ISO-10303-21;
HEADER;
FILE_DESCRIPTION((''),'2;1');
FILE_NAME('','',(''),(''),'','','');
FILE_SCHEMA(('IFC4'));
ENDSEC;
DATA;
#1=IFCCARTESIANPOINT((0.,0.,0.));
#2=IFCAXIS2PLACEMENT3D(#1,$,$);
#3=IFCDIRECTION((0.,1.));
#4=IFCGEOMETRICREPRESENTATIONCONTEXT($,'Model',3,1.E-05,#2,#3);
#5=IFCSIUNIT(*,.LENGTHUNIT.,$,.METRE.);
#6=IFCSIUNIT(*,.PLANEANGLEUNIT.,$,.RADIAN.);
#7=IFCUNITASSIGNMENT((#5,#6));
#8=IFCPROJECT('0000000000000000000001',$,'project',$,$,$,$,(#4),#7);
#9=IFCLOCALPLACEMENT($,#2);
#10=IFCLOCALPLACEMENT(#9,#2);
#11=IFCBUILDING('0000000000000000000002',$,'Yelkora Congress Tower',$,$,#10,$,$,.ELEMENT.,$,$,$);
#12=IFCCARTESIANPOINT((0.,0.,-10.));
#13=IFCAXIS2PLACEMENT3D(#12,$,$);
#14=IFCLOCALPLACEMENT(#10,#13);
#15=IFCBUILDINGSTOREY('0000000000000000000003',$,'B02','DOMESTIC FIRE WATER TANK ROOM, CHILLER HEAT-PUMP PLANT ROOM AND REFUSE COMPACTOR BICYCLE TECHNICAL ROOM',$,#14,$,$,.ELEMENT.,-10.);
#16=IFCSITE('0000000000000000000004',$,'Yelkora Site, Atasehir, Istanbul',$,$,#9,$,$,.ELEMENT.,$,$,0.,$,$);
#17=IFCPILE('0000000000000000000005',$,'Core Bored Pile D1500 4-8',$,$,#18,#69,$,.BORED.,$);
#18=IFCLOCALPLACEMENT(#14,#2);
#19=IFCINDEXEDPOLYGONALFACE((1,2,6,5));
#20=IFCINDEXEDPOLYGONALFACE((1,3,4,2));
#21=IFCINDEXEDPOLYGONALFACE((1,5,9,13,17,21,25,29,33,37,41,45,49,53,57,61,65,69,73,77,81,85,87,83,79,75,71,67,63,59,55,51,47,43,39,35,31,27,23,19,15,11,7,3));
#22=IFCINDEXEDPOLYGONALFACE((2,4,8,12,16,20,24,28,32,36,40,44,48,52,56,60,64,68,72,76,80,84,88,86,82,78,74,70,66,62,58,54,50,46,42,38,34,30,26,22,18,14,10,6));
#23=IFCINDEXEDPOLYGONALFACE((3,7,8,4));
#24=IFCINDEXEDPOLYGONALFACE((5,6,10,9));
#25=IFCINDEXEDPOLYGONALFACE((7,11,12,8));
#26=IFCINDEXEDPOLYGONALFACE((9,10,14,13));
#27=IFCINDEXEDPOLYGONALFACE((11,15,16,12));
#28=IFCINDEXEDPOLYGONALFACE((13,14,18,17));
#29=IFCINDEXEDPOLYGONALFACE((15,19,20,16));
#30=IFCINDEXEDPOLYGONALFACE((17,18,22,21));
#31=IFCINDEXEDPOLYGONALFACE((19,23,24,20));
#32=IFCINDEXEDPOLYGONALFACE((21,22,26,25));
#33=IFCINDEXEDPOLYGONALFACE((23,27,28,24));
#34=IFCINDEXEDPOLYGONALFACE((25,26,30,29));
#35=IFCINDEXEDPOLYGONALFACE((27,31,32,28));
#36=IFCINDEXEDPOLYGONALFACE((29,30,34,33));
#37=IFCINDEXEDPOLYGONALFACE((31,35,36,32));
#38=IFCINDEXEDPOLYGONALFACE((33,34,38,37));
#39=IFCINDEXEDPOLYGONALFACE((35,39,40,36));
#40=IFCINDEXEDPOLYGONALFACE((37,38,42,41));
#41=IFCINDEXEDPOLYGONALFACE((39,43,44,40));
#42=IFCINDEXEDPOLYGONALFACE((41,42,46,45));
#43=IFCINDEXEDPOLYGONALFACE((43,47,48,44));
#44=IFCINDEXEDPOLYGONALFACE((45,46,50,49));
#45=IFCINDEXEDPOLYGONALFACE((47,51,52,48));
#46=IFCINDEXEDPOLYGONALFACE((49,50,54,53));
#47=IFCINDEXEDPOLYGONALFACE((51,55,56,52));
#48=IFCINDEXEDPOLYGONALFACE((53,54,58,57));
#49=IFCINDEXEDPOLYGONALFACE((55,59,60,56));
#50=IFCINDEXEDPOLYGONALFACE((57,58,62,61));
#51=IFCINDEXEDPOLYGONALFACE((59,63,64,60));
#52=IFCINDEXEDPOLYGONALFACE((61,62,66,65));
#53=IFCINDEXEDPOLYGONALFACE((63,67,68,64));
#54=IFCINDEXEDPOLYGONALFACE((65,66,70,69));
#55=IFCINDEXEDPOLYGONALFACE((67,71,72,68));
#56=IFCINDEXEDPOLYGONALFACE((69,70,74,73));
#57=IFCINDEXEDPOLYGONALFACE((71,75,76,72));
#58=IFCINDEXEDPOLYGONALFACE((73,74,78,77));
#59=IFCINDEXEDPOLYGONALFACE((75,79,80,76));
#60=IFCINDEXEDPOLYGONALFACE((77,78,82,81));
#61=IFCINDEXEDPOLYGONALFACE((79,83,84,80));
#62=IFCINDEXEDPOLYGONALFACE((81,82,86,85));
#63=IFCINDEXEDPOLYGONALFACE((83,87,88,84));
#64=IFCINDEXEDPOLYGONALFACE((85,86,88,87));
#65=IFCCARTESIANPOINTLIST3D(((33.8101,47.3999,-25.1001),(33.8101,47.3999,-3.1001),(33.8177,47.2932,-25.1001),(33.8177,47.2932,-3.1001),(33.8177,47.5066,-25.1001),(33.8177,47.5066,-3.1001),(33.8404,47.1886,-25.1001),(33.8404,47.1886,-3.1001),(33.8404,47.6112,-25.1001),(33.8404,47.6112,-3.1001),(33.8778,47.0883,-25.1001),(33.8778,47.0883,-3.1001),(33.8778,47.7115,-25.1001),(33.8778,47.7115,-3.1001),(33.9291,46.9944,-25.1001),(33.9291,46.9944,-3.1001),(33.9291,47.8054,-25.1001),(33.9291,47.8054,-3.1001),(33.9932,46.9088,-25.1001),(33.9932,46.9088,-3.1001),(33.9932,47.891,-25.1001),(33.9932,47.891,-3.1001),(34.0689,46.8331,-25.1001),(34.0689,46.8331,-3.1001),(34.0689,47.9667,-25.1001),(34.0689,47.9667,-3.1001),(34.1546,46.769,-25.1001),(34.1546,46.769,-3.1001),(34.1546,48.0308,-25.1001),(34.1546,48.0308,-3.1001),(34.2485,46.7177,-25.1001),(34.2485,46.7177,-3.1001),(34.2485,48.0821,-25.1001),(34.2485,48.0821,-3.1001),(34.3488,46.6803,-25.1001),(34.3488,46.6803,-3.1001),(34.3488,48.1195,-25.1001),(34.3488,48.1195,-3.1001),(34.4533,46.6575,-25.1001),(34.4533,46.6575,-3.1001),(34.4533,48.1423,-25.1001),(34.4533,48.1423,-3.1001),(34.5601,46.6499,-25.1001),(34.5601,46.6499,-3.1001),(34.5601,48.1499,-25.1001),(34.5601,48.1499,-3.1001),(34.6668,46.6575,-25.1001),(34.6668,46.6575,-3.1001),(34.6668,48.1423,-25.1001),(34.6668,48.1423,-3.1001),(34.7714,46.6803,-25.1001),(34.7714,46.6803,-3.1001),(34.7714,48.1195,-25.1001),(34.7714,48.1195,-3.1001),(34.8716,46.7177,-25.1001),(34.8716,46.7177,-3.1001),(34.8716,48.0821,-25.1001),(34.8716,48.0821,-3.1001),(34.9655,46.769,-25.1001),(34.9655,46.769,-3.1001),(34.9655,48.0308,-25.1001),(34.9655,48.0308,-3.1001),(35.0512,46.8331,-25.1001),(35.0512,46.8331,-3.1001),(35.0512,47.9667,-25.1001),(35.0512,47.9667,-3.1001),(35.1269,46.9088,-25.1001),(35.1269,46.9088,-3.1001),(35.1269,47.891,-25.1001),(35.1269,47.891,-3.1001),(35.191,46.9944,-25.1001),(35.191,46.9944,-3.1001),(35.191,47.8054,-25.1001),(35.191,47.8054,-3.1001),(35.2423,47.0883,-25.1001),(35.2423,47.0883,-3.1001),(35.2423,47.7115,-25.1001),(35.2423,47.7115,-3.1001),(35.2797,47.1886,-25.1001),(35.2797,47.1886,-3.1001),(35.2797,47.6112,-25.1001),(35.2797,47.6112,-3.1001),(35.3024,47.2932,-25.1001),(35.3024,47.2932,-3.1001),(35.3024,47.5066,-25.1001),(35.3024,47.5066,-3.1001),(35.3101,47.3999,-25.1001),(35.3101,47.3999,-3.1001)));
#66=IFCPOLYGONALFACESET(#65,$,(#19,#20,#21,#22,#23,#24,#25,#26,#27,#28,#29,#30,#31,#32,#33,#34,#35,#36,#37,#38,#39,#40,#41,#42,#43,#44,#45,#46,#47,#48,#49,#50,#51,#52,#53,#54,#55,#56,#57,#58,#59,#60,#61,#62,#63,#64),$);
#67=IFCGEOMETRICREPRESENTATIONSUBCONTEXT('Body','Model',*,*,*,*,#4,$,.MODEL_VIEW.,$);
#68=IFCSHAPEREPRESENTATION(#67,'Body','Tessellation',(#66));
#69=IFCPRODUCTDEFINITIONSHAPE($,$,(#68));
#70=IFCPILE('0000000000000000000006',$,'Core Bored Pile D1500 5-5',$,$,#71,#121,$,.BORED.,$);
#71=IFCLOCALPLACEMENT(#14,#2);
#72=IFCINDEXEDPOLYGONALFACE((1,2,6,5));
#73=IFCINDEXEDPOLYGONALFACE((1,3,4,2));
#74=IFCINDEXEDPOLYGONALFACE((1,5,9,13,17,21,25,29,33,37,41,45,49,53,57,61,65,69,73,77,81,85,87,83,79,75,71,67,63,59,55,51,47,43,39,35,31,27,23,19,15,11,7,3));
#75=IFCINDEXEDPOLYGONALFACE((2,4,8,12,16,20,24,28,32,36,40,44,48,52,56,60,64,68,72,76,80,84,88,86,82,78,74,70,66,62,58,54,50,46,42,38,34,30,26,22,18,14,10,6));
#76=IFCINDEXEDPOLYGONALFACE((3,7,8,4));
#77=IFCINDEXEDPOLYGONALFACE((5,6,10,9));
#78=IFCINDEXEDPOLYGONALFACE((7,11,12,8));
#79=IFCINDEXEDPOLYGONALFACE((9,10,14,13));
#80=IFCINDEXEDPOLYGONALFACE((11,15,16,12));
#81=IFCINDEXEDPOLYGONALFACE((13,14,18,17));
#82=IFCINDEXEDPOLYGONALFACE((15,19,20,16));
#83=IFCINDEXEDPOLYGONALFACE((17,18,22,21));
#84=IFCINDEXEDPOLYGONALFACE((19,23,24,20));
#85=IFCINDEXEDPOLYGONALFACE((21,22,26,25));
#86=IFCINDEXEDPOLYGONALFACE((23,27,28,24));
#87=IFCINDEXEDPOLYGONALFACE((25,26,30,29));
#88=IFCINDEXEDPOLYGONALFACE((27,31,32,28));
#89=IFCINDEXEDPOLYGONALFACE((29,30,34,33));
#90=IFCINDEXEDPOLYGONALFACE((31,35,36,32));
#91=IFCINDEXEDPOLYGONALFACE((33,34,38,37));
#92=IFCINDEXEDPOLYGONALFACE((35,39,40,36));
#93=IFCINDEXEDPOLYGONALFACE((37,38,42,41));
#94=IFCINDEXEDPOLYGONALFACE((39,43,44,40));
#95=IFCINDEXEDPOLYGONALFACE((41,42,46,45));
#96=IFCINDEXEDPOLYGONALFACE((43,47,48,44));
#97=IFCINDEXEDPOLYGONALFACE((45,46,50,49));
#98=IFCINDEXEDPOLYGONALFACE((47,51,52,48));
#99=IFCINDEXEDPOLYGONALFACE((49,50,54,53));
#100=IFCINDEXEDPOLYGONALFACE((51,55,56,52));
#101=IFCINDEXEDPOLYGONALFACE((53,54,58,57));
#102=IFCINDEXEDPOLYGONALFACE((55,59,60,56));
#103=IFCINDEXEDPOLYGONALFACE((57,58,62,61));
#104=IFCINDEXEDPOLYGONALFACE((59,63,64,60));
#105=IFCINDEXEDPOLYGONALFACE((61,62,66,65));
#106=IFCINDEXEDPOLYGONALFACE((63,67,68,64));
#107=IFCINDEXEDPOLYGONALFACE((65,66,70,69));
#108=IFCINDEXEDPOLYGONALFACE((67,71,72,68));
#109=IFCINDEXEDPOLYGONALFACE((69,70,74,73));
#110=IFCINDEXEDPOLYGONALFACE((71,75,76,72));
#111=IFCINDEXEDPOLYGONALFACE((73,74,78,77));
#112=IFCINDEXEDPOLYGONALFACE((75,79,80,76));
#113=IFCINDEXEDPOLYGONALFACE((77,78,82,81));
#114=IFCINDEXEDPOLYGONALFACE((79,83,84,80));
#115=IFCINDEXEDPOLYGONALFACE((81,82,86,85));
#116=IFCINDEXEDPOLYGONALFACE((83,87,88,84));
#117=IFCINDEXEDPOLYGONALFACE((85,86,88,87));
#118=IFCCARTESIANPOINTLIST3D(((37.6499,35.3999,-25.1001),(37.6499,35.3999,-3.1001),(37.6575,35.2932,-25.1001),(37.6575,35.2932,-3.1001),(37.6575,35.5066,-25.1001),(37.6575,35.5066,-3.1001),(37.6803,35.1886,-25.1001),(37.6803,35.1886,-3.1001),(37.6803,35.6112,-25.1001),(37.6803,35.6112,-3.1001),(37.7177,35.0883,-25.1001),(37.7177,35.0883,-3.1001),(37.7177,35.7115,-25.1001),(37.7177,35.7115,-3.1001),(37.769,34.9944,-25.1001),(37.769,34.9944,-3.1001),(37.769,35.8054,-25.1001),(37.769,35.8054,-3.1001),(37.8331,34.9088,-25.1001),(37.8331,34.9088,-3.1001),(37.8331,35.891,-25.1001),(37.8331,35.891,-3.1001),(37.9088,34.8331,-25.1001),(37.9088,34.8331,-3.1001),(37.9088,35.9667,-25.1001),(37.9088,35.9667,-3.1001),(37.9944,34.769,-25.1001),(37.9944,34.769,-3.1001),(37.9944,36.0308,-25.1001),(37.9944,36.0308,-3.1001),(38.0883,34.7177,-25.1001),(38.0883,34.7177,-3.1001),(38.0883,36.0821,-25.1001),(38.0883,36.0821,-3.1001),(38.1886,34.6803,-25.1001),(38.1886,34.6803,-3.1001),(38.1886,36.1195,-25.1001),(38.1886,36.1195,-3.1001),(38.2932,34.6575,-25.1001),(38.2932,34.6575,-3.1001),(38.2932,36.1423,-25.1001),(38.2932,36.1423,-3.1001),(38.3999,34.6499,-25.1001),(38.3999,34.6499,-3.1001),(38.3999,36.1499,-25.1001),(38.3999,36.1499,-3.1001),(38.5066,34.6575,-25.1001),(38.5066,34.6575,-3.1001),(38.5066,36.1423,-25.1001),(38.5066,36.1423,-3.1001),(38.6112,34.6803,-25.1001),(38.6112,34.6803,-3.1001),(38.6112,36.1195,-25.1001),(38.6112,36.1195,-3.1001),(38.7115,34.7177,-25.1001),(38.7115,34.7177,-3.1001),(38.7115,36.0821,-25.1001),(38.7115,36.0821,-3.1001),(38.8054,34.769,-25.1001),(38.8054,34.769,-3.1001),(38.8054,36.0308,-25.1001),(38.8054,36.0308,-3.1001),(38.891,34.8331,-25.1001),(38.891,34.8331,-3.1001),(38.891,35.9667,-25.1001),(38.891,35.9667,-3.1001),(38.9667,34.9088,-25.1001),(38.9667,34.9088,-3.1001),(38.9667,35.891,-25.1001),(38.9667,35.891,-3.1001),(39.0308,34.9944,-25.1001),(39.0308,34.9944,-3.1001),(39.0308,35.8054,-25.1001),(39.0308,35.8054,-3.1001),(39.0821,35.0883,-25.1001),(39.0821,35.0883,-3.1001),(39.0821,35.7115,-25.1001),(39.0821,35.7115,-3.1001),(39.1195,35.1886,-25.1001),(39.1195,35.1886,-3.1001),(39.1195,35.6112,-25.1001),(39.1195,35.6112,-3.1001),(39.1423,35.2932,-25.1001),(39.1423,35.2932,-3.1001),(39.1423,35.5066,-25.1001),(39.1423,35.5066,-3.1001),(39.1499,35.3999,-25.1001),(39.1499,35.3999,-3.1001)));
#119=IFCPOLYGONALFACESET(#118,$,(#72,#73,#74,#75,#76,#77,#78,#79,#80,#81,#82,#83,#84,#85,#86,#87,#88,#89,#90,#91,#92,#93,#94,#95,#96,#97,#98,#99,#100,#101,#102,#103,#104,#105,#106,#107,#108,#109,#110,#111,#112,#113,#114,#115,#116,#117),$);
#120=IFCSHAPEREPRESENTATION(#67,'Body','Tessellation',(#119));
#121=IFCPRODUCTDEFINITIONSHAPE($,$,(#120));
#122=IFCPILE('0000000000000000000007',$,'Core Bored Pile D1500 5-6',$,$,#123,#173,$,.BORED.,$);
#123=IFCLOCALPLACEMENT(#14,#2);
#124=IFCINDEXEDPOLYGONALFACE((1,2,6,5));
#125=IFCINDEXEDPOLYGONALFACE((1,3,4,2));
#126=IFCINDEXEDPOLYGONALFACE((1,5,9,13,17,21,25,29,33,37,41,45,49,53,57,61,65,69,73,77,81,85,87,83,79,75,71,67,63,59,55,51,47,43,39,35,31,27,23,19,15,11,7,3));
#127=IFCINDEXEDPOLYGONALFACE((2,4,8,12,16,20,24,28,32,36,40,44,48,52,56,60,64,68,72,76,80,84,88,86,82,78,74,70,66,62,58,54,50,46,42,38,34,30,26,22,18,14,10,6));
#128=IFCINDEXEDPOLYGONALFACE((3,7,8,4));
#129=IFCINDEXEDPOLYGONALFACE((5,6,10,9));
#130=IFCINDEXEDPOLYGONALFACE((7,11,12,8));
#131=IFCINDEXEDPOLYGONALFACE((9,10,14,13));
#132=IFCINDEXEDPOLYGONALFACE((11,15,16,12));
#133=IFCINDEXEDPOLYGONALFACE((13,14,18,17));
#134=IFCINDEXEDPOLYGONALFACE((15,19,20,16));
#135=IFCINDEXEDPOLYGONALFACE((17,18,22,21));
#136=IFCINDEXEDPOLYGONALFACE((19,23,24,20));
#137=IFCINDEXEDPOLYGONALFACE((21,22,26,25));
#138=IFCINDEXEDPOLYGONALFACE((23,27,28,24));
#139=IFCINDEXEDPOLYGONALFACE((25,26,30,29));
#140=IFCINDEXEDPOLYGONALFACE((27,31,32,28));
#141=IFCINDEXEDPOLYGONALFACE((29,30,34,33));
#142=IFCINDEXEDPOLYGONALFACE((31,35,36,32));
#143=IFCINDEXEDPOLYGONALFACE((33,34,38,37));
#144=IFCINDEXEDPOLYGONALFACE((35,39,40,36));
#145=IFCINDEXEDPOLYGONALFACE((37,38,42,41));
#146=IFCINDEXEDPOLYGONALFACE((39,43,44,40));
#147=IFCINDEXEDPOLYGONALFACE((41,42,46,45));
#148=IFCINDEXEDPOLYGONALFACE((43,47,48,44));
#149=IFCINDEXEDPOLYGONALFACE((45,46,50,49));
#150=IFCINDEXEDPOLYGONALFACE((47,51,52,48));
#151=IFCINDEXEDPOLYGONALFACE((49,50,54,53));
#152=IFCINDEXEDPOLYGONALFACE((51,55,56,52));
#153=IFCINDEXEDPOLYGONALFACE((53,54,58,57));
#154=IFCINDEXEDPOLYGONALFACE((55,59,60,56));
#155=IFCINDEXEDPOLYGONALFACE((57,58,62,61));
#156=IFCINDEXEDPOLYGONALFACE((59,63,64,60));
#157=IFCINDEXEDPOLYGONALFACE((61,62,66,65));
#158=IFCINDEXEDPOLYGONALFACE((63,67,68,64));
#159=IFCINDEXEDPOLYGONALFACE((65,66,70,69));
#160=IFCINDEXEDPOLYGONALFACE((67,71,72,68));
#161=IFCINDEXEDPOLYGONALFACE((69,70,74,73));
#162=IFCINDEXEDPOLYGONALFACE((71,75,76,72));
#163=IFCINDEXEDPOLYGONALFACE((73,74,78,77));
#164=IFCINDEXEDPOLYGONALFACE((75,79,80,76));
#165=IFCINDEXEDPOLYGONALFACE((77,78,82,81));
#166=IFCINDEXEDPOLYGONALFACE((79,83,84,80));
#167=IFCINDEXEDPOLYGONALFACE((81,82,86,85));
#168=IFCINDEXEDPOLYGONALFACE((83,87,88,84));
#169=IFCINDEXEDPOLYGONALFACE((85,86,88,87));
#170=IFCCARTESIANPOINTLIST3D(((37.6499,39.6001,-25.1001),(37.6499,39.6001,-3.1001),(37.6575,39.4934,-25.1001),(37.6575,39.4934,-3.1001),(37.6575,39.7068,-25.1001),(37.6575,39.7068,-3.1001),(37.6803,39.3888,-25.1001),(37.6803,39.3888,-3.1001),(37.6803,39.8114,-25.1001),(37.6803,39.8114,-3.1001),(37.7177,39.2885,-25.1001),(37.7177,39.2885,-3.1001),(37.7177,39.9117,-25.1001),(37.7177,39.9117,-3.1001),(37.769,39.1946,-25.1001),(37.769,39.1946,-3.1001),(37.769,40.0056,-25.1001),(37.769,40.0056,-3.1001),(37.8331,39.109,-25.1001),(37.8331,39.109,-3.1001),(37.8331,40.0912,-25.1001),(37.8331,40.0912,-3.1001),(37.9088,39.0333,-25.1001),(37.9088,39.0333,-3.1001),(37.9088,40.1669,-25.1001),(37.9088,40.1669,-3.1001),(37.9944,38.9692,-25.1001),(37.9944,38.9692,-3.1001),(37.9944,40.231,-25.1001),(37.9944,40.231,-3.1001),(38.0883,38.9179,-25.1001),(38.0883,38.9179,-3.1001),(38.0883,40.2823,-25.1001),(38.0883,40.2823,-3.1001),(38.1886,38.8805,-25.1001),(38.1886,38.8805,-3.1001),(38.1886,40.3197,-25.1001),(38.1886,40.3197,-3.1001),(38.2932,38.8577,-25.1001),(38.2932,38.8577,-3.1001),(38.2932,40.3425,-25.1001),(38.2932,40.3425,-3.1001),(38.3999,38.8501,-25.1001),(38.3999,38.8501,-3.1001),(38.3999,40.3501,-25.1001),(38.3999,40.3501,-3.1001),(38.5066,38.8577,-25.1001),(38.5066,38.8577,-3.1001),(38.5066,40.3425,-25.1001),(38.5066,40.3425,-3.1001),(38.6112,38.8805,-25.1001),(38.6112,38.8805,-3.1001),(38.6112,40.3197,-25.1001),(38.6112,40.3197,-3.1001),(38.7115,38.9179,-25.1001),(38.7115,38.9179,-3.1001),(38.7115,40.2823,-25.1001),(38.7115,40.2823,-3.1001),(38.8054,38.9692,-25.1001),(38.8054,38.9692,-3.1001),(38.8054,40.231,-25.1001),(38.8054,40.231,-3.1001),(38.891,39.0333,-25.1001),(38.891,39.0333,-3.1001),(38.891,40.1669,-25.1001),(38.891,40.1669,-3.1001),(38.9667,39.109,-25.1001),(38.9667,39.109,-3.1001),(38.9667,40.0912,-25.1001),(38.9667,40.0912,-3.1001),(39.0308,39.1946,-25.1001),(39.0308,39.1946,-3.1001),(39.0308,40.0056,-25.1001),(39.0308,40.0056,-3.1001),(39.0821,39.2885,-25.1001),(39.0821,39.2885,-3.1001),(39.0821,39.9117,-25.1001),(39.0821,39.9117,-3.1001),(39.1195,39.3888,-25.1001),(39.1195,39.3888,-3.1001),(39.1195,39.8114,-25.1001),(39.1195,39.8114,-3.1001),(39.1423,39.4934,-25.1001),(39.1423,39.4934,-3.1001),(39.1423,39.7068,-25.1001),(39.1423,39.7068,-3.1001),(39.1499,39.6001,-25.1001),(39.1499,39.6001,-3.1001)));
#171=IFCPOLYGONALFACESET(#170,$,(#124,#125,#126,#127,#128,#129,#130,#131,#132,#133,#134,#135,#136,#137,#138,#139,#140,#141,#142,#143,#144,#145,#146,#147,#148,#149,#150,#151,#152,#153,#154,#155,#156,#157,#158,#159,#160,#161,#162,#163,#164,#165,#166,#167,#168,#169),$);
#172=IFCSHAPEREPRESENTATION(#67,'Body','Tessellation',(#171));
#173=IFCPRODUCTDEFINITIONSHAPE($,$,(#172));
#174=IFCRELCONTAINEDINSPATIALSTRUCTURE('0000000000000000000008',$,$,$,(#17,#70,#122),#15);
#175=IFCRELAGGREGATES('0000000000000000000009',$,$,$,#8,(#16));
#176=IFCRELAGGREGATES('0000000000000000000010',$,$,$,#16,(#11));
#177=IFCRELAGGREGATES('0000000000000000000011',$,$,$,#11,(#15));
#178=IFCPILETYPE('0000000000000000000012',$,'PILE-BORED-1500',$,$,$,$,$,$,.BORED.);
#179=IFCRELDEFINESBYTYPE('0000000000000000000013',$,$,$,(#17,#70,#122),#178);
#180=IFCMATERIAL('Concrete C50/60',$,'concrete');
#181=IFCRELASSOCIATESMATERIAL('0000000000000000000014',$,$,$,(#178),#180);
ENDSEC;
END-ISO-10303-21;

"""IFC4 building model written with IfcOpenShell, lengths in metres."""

from ifc_helpers import new_model, si_unit, direction, frame, origin, origin_2d, place, context, subcontext, project, spatial, circle, extrude, material, material_profile, profile_set, type_object, element, save


model = new_model("IFC4")

# Units and contexts
model_context = context("Model", 3, precision=1e-05, world=origin(), true_north=direction((0.0, 1.0)))
body_context = subcontext(model_context, "Body", "Model", "MODEL_VIEW")
ifc_project = project(units=[si_unit("LENGTHUNIT", "METRE"), si_unit("PLANEANGLEUNIT", "RADIAN")], contexts=[model_context])

# Site, building, storey
site_placement = place(None, origin())
site = spatial("IfcSite", under=ifc_project, at=site_placement, Name="Yelkora Site, Atasehir, Istanbul", CompositionType="ELEMENT", RefElevation=0.0)
building_placement = place(site_placement, origin())
building = spatial("IfcBuilding", under=site, at=building_placement, Name="Yelkora Congress Tower", CompositionType="ELEMENT")
storey_placement = place(building_placement, frame((0.0, 0.0, -10.0)))
storey = spatial("IfcBuildingStorey", under=building, at=storey_placement, Name="B02", Description="DOMESTIC FIRE WATER TANK ROOM, CHILLER HEAT-PUMP PLANT ROOM AND REFUSE COMPACTOR BICYCLE TECHNICAL ROOM", CompositionType="ELEMENT", Elevation=-10.0)

# Piles
ifc_material_1 = material(Name="Concrete C50/60", Category="concrete")
ifc_material_profile_1 = material_profile(ifc_material_1, circle(Radius=0.75, at=origin_2d()), Name="PILE D1500")
ifc_profile_set_1 = profile_set([ifc_material_profile_1], Name="Concrete C50/60")
pile_type = type_object("IfcPileType", Name="PILE-BORED-1500", PredefinedType="BORED", material=ifc_profile_set_1)
for number, where, z_axis, x_axis, name in (
    (1, (34.5601, 47.3999, -3.1001), (0.0, 0.0, -1.0), (1.0, 0.0, 0.0), "Core Bored Pile D1500 4-8"),
    (2, (38.3999, 35.3999, -3.1001), (0.0, 0.0, -1.0), (1.0, 0.0, 0.0), "Core Bored Pile D1500 5-5"),
    (3, (38.3999, 39.6001, -3.1001), (0.0, 0.0, -1.0), (1.0, 0.0, 0.0), "Core Bored Pile D1500 5-6"),
):
    element("IfcPile", number, at=place(storey_placement, frame(where, z_axis=z_axis, x_axis=x_axis)), inside=storey, type_object=pile_type, Name=name, PredefinedType="BORED", context=body_context, shape_type="SweptSolid", body=[
        extrude(circle(Radius=0.75, at=origin_2d()), origin(), (0.0, 0.0, 1.0), 22.0),
    ])

save(model, "model.ifc")
